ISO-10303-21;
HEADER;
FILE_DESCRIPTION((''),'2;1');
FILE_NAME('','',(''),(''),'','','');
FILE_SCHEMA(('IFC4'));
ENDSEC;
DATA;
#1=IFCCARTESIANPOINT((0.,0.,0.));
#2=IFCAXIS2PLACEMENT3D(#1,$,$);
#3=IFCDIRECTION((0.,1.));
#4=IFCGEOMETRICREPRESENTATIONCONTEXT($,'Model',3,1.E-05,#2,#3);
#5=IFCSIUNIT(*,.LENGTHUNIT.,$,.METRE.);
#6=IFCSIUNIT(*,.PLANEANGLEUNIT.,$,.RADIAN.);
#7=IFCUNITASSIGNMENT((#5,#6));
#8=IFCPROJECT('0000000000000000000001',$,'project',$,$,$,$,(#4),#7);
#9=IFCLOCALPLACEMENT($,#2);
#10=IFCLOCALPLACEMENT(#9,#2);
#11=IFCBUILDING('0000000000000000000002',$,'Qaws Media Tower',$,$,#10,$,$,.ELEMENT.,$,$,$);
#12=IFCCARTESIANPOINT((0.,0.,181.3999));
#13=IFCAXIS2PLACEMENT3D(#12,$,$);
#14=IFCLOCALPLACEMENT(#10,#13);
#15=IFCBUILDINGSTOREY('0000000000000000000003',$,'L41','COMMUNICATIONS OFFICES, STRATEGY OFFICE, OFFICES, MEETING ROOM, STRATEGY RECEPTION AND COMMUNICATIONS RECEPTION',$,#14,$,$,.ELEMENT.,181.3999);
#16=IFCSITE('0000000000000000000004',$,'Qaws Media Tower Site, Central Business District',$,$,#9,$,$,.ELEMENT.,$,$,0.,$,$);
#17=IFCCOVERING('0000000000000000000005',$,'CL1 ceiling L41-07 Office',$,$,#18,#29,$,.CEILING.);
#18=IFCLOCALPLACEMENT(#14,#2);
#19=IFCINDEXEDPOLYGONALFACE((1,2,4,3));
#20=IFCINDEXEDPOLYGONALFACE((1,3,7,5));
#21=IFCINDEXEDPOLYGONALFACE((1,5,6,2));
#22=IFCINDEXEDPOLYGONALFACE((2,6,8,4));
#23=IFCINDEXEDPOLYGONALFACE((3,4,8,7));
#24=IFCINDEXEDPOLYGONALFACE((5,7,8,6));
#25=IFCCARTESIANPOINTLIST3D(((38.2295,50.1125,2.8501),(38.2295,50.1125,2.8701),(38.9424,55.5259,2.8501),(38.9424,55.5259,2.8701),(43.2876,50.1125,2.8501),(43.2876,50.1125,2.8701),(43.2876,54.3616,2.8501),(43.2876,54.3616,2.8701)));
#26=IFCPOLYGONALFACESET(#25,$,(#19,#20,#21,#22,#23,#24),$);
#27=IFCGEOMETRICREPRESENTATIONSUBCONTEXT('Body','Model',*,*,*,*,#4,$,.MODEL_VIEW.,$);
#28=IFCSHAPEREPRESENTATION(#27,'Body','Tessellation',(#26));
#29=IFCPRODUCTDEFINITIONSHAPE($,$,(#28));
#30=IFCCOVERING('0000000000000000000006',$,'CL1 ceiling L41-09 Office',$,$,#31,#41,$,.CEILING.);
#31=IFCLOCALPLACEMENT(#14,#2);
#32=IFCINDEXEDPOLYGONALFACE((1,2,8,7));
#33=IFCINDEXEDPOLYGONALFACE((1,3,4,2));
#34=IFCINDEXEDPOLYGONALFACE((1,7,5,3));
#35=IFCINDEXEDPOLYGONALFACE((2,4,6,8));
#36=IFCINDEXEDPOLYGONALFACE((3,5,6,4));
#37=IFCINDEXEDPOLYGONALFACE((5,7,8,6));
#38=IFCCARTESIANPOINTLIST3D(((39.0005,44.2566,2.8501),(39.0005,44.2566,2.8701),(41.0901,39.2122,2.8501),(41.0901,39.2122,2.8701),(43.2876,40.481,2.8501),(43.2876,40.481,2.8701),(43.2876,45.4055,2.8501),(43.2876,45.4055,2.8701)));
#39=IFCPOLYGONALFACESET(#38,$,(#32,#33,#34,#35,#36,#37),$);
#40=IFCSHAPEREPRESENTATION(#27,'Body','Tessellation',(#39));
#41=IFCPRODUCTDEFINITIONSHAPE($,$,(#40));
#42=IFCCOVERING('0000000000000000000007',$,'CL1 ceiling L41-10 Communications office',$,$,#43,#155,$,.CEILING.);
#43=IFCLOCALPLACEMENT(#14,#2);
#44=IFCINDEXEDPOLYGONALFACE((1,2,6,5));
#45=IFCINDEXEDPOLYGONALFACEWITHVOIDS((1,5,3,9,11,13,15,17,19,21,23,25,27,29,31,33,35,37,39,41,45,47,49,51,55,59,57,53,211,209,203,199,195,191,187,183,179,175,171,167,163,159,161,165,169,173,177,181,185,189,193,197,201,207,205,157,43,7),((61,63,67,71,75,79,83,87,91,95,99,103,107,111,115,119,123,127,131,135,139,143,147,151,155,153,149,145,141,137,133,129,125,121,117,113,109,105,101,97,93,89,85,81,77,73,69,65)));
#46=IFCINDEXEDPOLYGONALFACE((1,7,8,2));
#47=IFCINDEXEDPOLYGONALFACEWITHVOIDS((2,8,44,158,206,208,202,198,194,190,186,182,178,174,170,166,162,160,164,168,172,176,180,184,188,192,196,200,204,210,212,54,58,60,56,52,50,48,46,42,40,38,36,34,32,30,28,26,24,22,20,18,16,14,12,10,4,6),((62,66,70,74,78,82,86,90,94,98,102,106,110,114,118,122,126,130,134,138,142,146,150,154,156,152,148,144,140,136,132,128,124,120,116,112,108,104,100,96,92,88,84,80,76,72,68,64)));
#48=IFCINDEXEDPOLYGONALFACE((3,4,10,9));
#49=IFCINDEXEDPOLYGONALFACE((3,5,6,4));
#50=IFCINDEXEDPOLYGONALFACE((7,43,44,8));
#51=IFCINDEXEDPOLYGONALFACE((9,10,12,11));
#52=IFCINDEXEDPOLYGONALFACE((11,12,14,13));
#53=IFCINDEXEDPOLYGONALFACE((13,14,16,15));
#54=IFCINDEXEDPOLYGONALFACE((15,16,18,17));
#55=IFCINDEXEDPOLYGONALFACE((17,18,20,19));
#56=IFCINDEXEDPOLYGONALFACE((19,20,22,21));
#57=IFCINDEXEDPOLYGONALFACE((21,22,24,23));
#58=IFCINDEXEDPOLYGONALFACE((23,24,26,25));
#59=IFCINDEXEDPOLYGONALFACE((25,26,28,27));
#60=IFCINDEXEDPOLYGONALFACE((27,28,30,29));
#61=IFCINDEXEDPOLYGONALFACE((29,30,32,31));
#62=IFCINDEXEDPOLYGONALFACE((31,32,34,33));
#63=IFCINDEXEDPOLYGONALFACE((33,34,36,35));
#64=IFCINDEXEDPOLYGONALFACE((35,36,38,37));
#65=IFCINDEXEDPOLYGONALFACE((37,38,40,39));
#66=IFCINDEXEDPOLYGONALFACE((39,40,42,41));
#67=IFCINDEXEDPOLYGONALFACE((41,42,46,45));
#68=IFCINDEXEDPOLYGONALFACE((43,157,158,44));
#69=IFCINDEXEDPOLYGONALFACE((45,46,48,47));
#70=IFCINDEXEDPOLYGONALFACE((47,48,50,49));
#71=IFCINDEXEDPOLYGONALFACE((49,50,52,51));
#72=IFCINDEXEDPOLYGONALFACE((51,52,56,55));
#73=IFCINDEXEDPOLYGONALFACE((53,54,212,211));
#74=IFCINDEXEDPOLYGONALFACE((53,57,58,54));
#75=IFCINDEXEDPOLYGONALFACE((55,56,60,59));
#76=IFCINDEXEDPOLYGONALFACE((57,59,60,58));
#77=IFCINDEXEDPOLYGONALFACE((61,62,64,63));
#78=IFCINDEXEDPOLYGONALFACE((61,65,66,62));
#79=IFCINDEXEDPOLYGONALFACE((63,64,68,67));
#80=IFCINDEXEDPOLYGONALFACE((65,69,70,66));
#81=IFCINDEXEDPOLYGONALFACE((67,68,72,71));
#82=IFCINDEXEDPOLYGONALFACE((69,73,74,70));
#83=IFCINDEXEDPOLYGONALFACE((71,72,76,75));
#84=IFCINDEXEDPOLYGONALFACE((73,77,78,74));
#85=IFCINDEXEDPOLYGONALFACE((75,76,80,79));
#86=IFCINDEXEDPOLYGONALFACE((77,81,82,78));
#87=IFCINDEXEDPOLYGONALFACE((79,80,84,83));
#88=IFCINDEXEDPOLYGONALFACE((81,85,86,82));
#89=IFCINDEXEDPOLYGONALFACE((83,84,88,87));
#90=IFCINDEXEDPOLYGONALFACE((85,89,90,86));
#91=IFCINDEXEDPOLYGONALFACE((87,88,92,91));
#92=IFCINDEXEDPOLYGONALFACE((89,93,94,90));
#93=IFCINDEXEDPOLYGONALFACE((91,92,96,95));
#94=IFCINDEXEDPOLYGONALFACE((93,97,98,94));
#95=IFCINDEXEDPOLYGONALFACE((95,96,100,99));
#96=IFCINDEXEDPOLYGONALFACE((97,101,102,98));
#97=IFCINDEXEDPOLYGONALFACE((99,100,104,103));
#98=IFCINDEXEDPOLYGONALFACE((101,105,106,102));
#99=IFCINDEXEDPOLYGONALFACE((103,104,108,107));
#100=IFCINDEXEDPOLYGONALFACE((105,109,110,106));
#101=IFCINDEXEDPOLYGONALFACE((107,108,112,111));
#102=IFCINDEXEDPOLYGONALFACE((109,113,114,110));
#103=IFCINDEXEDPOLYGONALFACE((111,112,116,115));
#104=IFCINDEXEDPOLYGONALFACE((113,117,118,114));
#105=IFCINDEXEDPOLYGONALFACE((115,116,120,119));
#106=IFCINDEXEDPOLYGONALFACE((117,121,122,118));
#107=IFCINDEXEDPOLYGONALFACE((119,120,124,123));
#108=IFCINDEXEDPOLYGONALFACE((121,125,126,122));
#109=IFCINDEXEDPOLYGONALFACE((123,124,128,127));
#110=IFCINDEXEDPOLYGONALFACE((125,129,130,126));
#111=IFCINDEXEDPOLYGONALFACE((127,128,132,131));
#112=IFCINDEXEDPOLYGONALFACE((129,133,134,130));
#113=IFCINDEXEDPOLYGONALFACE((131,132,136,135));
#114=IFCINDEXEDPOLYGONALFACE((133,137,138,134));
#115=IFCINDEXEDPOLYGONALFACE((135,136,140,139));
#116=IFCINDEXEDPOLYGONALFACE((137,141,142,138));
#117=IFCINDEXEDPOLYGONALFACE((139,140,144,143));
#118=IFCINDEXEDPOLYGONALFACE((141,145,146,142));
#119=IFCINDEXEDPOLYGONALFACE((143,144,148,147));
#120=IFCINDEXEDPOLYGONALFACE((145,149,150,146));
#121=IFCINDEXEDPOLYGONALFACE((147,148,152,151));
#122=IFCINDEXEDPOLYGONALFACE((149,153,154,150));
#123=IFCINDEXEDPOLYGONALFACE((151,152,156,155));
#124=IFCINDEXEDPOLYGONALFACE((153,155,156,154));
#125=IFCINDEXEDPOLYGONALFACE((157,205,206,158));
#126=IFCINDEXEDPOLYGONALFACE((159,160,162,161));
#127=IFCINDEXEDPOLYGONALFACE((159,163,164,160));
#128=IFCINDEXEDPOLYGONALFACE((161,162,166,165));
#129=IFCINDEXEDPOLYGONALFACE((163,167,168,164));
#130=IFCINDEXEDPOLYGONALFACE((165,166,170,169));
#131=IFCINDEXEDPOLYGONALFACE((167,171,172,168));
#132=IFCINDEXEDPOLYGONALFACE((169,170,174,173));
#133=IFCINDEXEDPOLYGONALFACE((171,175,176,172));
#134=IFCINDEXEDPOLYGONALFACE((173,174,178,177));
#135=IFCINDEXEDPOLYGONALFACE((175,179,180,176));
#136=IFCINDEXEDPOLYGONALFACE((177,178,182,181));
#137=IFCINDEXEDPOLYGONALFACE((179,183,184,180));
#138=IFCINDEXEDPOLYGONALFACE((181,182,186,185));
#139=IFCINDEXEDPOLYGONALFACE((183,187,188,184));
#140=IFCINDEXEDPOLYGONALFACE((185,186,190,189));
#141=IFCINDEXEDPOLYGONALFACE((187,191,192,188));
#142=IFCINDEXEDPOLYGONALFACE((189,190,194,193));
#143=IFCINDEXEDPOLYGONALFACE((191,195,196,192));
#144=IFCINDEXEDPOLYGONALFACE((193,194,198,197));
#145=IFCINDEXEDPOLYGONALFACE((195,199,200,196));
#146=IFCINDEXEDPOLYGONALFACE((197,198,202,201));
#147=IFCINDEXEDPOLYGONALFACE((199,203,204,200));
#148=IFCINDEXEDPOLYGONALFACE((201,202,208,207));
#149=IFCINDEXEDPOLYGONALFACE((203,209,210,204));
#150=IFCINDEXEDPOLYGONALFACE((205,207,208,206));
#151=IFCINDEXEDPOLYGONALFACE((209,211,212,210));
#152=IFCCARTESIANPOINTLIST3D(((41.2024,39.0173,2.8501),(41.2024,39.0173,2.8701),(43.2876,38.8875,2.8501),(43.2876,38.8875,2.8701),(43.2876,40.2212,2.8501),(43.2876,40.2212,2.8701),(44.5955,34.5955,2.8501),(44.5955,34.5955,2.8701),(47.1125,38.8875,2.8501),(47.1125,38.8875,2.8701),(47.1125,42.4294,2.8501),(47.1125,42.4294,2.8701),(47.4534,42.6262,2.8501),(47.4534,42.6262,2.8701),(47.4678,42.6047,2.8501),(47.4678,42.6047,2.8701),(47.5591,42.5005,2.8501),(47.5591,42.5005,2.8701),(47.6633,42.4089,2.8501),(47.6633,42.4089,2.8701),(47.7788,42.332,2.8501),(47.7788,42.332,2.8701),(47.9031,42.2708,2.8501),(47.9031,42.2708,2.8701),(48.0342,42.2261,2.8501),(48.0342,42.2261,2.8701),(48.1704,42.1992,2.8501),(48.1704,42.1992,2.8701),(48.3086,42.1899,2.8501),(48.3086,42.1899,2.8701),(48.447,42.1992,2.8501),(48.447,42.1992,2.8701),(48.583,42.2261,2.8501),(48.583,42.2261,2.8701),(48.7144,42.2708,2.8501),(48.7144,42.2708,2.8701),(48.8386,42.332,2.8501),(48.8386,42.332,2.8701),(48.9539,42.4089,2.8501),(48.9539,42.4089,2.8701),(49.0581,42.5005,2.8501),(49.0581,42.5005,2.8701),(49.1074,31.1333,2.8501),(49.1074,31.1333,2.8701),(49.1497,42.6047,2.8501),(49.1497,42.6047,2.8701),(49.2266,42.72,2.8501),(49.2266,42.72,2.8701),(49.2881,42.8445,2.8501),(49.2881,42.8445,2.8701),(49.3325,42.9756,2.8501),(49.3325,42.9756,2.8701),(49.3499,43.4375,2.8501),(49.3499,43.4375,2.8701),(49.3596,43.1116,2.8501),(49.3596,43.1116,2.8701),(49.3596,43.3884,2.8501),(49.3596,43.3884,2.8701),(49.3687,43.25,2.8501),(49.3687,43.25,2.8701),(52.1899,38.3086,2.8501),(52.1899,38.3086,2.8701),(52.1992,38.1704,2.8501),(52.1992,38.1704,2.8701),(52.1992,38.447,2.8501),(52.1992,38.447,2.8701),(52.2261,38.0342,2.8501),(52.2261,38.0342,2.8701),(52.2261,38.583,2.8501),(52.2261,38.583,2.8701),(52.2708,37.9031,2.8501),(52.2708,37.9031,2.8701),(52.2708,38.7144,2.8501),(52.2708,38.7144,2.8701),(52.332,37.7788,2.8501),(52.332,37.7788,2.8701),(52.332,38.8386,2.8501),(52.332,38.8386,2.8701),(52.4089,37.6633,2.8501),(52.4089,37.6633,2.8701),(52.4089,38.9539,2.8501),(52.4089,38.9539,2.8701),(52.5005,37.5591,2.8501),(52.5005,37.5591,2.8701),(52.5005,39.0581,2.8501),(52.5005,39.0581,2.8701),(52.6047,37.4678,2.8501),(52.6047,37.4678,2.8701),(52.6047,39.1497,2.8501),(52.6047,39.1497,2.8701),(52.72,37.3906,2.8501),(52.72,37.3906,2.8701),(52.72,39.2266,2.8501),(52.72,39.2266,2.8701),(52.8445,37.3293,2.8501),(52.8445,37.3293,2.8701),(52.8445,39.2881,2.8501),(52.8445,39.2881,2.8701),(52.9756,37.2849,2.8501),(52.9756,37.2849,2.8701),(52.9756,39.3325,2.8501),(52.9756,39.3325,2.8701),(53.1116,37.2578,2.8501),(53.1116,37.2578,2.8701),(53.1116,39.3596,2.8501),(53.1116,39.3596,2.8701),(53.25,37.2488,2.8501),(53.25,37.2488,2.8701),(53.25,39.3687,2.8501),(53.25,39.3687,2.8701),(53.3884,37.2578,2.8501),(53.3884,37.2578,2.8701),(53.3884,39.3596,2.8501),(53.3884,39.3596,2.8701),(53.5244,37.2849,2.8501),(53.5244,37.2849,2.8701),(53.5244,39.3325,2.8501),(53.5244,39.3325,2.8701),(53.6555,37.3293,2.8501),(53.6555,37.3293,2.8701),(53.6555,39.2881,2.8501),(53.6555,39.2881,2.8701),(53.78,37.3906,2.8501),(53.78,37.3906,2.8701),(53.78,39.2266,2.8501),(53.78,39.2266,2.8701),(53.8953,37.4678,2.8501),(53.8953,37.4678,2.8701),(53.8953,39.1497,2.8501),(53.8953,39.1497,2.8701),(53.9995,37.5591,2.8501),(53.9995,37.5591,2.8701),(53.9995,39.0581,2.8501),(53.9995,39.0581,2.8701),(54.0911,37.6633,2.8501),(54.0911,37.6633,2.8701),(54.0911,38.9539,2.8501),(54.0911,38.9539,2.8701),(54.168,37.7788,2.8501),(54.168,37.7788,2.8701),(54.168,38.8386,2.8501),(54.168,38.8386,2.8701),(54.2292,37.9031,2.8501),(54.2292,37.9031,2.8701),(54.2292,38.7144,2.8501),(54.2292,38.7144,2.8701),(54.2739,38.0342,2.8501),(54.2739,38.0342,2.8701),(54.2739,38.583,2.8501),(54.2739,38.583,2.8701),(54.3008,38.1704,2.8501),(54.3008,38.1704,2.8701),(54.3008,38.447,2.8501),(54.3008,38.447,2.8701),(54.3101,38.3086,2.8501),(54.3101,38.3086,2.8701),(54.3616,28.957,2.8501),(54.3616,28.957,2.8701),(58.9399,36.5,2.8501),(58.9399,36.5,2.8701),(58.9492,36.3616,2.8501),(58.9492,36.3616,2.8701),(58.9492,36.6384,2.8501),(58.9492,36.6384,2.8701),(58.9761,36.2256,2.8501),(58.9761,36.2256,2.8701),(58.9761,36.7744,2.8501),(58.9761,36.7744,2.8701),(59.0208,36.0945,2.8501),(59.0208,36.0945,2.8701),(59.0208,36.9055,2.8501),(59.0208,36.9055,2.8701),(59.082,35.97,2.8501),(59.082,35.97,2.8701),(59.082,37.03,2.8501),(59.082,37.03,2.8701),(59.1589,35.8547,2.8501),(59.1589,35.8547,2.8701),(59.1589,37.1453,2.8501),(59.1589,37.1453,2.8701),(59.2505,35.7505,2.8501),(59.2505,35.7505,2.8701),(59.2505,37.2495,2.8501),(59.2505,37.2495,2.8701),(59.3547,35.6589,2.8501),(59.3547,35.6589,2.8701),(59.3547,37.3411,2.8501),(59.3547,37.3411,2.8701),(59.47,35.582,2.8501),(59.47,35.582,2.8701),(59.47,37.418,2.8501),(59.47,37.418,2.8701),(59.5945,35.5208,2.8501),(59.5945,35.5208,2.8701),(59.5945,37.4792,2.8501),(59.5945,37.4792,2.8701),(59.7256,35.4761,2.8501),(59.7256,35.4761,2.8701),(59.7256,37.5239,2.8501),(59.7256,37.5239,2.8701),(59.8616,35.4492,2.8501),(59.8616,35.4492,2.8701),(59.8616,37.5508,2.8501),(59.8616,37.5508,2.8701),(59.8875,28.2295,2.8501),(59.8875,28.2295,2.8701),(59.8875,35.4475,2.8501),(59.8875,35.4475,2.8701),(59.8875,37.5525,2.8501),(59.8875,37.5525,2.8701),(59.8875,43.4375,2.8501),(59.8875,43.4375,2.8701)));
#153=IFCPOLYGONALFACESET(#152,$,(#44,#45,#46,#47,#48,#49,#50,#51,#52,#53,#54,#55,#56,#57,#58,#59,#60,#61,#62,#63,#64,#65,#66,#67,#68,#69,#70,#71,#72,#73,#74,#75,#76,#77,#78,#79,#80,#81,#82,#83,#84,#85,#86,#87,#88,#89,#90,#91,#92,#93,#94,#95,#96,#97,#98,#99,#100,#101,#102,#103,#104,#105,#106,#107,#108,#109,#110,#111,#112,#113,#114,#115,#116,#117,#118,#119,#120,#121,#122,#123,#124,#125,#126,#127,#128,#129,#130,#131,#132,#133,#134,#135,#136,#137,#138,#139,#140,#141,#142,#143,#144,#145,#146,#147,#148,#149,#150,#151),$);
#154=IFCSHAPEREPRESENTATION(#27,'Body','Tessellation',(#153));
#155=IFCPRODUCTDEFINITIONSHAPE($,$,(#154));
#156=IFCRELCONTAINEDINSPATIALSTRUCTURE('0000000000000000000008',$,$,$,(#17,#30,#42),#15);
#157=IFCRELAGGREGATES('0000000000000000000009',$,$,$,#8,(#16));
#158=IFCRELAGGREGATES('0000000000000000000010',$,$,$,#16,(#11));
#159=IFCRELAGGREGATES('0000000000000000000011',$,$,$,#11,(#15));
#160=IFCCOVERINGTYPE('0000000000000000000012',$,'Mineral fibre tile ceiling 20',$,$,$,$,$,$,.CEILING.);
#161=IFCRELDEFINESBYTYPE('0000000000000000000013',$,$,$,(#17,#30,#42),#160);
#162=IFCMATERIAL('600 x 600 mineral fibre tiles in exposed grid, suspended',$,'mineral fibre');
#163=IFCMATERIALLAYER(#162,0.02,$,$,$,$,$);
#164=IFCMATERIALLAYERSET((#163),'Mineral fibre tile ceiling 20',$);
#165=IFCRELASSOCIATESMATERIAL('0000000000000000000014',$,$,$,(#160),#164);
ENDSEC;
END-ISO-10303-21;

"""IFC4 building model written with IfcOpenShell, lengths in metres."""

from ifc_helpers import new_model, si_unit, direction, frame, origin, place, context, subcontext, project, spatial, polyline, outline, extrude, material, layer, layer_set, type_object, element, save


model = new_model("IFC4")

# Units and contexts
model_context = context("Model", 3, precision=1e-05, world=origin(), true_north=direction((0.0, 1.0)))
body_context = subcontext(model_context, "Body", "Model", "MODEL_VIEW")
ifc_project = project(units=[si_unit("LENGTHUNIT", "METRE"), si_unit("PLANEANGLEUNIT", "RADIAN")], contexts=[model_context])

# Site, building, storey
site_placement = place(None, origin())
site = spatial("IfcSite", under=ifc_project, at=site_placement, Name="Qaws Media Tower Site, Central Business District", CompositionType="ELEMENT", RefElevation=0.0)
building_placement = place(site_placement, origin())
building = spatial("IfcBuilding", under=site, at=building_placement, Name="Qaws Media Tower", CompositionType="ELEMENT")
storey_placement = place(building_placement, frame((0.0, 0.0, 181.3999)))
storey = spatial("IfcBuildingStorey", under=building, at=storey_placement, Name="L41", Description="COMMUNICATIONS OFFICES, STRATEGY OFFICE, OFFICES, MEETING ROOM, STRATEGY RECEPTION AND COMMUNICATIONS RECEPTION", CompositionType="ELEMENT", Elevation=181.3999)

# Coverings
ifc_material_1 = material(Name="600 x 600 mineral fibre tiles in exposed grid, suspended", Category="mineral fibre")
ifc_layer_1 = layer(ifc_material_1, 0.02)
ifc_layer_set_1 = layer_set([ifc_layer_1], Name="Mineral fibre tile ceiling 20")
covering_type_1 = type_object("IfcCoveringType", Name="Mineral fibre tile ceiling 20", PredefinedType="CEILING", material=ifc_layer_set_1)
covering_1_placement = place(storey_placement, frame((0.0, 0.0, 2.8501)))
element("IfcCovering", 1, at=covering_1_placement, inside=storey, type_object=covering_type_1, Name="CL1 ceiling L41-07 Office", PredefinedType="CEILING", context=body_context, shape_type="SweptSolid", body=[
    extrude(outline(polyline([(38.9424, 55.5259), (43.2876, 54.3616), (43.2876, 50.1125), (38.2295, 50.1125), (38.9424, 55.5259)])), origin(), (0.0, 0.0, 1.0), 0.02),
])
covering_2_placement = place(storey_placement, frame((0.0, 0.0, 2.8501)))
element("IfcCovering", 2, at=covering_2_placement, inside=storey, type_object=covering_type_1, Name="CL1 ceiling L41-09 Office", PredefinedType="CEILING", context=body_context, shape_type="SweptSolid", body=[
    extrude(outline(polyline([(39.0005, 44.2566), (43.2876, 45.4055), (43.2876, 40.481), (41.0901, 39.2122), (39.0005, 44.2566)])), origin(), (0.0, 0.0, 1.0), 0.02),
])
covering_3_placement = place(storey_placement, frame((0.0, 0.0, 2.8501)))
element("IfcCovering", 3, at=covering_3_placement, inside=storey, type_object=covering_type_1, Name="CL1 ceiling L41-10 Communications office", PredefinedType="CEILING", context=body_context, shape_type="SweptSolid", body=[
    extrude(outline(polyline([(54.3616, 28.957), (49.1074, 31.1333), (44.5955, 34.5955), (41.2024, 39.0173), (43.2876, 40.2212), (43.2876, 38.8875), (47.1125, 38.8875), (47.1125, 42.4294), (47.4534, 42.6262), (47.4678, 42.6047), (47.5591, 42.5005), (47.6633, 42.4089), (47.7788, 42.332), (47.9031, 42.2708), (48.0342, 42.2261), (48.1704, 42.1992), (48.3086, 42.1899), (48.447, 42.1992), (48.583, 42.2261), (48.7144, 42.2708), (48.8386, 42.332), (48.9539, 42.4089), (49.0581, 42.5005), (49.1497, 42.6047), (49.2266, 42.72), (49.2881, 42.8445), (49.3325, 42.9756), (49.3596, 43.1116), (49.3687, 43.25), (49.3596, 43.3884), (49.3499, 43.4375), (59.8875, 43.4375), (59.8875, 37.5525), (59.8616, 37.5508), (59.7256, 37.5239), (59.5945, 37.4792), (59.47, 37.418), (59.3547, 37.3411), (59.2505, 37.2495), (59.1589, 37.1453), (59.082, 37.03), (59.0208, 36.9055), (58.9761, 36.7744), (58.9492, 36.6384), (58.9399, 36.5), (58.9492, 36.3616), (58.9761, 36.2256), (59.0208, 36.0945), (59.082, 35.97), (59.1589, 35.8547), (59.2505, 35.7505), (59.3547, 35.6589), (59.47, 35.582), (59.5945, 35.5208), (59.7256, 35.4761), (59.8616, 35.4492), (59.8875, 35.4475), (59.8875, 28.2295), (54.3616, 28.957)]), holes=[polyline([(54.2739, 38.0342), (54.3008, 38.1704), (54.3101, 38.3086), (54.3008, 38.447), (54.2739, 38.583), (54.2292, 38.7144), (54.168, 38.8386), (54.0911, 38.9539), (53.9995, 39.0581), (53.8953, 39.1497), (53.78, 39.2266), (53.6555, 39.2881), (53.5244, 39.3325), (53.3884, 39.3596), (53.25, 39.3687), (53.1116, 39.3596), (52.9756, 39.3325), (52.8445, 39.2881), (52.72, 39.2266), (52.6047, 39.1497), (52.5005, 39.0581), (52.4089, 38.9539), (52.332, 38.8386), (52.2708, 38.7144), (52.2261, 38.583), (52.1992, 38.447), (52.1899, 38.3086), (52.1992, 38.1704), (52.2261, 38.0342), (52.2708, 37.9031), (52.332, 37.7788), (52.4089, 37.6633), (52.5005, 37.5591), (52.6047, 37.4678), (52.72, 37.3906), (52.8445, 37.3293), (52.9756, 37.2849), (53.1116, 37.2578), (53.25, 37.2488), (53.3884, 37.2578), (53.5244, 37.2849), (53.6555, 37.3293), (53.78, 37.3906), (53.8953, 37.4678), (53.9995, 37.5591), (54.0911, 37.6633), (54.168, 37.7788), (54.2292, 37.9031), (54.2739, 38.0342)])]), origin(), (0.0, 0.0, 1.0), 0.02),
])

save(model, "model.ifc")
